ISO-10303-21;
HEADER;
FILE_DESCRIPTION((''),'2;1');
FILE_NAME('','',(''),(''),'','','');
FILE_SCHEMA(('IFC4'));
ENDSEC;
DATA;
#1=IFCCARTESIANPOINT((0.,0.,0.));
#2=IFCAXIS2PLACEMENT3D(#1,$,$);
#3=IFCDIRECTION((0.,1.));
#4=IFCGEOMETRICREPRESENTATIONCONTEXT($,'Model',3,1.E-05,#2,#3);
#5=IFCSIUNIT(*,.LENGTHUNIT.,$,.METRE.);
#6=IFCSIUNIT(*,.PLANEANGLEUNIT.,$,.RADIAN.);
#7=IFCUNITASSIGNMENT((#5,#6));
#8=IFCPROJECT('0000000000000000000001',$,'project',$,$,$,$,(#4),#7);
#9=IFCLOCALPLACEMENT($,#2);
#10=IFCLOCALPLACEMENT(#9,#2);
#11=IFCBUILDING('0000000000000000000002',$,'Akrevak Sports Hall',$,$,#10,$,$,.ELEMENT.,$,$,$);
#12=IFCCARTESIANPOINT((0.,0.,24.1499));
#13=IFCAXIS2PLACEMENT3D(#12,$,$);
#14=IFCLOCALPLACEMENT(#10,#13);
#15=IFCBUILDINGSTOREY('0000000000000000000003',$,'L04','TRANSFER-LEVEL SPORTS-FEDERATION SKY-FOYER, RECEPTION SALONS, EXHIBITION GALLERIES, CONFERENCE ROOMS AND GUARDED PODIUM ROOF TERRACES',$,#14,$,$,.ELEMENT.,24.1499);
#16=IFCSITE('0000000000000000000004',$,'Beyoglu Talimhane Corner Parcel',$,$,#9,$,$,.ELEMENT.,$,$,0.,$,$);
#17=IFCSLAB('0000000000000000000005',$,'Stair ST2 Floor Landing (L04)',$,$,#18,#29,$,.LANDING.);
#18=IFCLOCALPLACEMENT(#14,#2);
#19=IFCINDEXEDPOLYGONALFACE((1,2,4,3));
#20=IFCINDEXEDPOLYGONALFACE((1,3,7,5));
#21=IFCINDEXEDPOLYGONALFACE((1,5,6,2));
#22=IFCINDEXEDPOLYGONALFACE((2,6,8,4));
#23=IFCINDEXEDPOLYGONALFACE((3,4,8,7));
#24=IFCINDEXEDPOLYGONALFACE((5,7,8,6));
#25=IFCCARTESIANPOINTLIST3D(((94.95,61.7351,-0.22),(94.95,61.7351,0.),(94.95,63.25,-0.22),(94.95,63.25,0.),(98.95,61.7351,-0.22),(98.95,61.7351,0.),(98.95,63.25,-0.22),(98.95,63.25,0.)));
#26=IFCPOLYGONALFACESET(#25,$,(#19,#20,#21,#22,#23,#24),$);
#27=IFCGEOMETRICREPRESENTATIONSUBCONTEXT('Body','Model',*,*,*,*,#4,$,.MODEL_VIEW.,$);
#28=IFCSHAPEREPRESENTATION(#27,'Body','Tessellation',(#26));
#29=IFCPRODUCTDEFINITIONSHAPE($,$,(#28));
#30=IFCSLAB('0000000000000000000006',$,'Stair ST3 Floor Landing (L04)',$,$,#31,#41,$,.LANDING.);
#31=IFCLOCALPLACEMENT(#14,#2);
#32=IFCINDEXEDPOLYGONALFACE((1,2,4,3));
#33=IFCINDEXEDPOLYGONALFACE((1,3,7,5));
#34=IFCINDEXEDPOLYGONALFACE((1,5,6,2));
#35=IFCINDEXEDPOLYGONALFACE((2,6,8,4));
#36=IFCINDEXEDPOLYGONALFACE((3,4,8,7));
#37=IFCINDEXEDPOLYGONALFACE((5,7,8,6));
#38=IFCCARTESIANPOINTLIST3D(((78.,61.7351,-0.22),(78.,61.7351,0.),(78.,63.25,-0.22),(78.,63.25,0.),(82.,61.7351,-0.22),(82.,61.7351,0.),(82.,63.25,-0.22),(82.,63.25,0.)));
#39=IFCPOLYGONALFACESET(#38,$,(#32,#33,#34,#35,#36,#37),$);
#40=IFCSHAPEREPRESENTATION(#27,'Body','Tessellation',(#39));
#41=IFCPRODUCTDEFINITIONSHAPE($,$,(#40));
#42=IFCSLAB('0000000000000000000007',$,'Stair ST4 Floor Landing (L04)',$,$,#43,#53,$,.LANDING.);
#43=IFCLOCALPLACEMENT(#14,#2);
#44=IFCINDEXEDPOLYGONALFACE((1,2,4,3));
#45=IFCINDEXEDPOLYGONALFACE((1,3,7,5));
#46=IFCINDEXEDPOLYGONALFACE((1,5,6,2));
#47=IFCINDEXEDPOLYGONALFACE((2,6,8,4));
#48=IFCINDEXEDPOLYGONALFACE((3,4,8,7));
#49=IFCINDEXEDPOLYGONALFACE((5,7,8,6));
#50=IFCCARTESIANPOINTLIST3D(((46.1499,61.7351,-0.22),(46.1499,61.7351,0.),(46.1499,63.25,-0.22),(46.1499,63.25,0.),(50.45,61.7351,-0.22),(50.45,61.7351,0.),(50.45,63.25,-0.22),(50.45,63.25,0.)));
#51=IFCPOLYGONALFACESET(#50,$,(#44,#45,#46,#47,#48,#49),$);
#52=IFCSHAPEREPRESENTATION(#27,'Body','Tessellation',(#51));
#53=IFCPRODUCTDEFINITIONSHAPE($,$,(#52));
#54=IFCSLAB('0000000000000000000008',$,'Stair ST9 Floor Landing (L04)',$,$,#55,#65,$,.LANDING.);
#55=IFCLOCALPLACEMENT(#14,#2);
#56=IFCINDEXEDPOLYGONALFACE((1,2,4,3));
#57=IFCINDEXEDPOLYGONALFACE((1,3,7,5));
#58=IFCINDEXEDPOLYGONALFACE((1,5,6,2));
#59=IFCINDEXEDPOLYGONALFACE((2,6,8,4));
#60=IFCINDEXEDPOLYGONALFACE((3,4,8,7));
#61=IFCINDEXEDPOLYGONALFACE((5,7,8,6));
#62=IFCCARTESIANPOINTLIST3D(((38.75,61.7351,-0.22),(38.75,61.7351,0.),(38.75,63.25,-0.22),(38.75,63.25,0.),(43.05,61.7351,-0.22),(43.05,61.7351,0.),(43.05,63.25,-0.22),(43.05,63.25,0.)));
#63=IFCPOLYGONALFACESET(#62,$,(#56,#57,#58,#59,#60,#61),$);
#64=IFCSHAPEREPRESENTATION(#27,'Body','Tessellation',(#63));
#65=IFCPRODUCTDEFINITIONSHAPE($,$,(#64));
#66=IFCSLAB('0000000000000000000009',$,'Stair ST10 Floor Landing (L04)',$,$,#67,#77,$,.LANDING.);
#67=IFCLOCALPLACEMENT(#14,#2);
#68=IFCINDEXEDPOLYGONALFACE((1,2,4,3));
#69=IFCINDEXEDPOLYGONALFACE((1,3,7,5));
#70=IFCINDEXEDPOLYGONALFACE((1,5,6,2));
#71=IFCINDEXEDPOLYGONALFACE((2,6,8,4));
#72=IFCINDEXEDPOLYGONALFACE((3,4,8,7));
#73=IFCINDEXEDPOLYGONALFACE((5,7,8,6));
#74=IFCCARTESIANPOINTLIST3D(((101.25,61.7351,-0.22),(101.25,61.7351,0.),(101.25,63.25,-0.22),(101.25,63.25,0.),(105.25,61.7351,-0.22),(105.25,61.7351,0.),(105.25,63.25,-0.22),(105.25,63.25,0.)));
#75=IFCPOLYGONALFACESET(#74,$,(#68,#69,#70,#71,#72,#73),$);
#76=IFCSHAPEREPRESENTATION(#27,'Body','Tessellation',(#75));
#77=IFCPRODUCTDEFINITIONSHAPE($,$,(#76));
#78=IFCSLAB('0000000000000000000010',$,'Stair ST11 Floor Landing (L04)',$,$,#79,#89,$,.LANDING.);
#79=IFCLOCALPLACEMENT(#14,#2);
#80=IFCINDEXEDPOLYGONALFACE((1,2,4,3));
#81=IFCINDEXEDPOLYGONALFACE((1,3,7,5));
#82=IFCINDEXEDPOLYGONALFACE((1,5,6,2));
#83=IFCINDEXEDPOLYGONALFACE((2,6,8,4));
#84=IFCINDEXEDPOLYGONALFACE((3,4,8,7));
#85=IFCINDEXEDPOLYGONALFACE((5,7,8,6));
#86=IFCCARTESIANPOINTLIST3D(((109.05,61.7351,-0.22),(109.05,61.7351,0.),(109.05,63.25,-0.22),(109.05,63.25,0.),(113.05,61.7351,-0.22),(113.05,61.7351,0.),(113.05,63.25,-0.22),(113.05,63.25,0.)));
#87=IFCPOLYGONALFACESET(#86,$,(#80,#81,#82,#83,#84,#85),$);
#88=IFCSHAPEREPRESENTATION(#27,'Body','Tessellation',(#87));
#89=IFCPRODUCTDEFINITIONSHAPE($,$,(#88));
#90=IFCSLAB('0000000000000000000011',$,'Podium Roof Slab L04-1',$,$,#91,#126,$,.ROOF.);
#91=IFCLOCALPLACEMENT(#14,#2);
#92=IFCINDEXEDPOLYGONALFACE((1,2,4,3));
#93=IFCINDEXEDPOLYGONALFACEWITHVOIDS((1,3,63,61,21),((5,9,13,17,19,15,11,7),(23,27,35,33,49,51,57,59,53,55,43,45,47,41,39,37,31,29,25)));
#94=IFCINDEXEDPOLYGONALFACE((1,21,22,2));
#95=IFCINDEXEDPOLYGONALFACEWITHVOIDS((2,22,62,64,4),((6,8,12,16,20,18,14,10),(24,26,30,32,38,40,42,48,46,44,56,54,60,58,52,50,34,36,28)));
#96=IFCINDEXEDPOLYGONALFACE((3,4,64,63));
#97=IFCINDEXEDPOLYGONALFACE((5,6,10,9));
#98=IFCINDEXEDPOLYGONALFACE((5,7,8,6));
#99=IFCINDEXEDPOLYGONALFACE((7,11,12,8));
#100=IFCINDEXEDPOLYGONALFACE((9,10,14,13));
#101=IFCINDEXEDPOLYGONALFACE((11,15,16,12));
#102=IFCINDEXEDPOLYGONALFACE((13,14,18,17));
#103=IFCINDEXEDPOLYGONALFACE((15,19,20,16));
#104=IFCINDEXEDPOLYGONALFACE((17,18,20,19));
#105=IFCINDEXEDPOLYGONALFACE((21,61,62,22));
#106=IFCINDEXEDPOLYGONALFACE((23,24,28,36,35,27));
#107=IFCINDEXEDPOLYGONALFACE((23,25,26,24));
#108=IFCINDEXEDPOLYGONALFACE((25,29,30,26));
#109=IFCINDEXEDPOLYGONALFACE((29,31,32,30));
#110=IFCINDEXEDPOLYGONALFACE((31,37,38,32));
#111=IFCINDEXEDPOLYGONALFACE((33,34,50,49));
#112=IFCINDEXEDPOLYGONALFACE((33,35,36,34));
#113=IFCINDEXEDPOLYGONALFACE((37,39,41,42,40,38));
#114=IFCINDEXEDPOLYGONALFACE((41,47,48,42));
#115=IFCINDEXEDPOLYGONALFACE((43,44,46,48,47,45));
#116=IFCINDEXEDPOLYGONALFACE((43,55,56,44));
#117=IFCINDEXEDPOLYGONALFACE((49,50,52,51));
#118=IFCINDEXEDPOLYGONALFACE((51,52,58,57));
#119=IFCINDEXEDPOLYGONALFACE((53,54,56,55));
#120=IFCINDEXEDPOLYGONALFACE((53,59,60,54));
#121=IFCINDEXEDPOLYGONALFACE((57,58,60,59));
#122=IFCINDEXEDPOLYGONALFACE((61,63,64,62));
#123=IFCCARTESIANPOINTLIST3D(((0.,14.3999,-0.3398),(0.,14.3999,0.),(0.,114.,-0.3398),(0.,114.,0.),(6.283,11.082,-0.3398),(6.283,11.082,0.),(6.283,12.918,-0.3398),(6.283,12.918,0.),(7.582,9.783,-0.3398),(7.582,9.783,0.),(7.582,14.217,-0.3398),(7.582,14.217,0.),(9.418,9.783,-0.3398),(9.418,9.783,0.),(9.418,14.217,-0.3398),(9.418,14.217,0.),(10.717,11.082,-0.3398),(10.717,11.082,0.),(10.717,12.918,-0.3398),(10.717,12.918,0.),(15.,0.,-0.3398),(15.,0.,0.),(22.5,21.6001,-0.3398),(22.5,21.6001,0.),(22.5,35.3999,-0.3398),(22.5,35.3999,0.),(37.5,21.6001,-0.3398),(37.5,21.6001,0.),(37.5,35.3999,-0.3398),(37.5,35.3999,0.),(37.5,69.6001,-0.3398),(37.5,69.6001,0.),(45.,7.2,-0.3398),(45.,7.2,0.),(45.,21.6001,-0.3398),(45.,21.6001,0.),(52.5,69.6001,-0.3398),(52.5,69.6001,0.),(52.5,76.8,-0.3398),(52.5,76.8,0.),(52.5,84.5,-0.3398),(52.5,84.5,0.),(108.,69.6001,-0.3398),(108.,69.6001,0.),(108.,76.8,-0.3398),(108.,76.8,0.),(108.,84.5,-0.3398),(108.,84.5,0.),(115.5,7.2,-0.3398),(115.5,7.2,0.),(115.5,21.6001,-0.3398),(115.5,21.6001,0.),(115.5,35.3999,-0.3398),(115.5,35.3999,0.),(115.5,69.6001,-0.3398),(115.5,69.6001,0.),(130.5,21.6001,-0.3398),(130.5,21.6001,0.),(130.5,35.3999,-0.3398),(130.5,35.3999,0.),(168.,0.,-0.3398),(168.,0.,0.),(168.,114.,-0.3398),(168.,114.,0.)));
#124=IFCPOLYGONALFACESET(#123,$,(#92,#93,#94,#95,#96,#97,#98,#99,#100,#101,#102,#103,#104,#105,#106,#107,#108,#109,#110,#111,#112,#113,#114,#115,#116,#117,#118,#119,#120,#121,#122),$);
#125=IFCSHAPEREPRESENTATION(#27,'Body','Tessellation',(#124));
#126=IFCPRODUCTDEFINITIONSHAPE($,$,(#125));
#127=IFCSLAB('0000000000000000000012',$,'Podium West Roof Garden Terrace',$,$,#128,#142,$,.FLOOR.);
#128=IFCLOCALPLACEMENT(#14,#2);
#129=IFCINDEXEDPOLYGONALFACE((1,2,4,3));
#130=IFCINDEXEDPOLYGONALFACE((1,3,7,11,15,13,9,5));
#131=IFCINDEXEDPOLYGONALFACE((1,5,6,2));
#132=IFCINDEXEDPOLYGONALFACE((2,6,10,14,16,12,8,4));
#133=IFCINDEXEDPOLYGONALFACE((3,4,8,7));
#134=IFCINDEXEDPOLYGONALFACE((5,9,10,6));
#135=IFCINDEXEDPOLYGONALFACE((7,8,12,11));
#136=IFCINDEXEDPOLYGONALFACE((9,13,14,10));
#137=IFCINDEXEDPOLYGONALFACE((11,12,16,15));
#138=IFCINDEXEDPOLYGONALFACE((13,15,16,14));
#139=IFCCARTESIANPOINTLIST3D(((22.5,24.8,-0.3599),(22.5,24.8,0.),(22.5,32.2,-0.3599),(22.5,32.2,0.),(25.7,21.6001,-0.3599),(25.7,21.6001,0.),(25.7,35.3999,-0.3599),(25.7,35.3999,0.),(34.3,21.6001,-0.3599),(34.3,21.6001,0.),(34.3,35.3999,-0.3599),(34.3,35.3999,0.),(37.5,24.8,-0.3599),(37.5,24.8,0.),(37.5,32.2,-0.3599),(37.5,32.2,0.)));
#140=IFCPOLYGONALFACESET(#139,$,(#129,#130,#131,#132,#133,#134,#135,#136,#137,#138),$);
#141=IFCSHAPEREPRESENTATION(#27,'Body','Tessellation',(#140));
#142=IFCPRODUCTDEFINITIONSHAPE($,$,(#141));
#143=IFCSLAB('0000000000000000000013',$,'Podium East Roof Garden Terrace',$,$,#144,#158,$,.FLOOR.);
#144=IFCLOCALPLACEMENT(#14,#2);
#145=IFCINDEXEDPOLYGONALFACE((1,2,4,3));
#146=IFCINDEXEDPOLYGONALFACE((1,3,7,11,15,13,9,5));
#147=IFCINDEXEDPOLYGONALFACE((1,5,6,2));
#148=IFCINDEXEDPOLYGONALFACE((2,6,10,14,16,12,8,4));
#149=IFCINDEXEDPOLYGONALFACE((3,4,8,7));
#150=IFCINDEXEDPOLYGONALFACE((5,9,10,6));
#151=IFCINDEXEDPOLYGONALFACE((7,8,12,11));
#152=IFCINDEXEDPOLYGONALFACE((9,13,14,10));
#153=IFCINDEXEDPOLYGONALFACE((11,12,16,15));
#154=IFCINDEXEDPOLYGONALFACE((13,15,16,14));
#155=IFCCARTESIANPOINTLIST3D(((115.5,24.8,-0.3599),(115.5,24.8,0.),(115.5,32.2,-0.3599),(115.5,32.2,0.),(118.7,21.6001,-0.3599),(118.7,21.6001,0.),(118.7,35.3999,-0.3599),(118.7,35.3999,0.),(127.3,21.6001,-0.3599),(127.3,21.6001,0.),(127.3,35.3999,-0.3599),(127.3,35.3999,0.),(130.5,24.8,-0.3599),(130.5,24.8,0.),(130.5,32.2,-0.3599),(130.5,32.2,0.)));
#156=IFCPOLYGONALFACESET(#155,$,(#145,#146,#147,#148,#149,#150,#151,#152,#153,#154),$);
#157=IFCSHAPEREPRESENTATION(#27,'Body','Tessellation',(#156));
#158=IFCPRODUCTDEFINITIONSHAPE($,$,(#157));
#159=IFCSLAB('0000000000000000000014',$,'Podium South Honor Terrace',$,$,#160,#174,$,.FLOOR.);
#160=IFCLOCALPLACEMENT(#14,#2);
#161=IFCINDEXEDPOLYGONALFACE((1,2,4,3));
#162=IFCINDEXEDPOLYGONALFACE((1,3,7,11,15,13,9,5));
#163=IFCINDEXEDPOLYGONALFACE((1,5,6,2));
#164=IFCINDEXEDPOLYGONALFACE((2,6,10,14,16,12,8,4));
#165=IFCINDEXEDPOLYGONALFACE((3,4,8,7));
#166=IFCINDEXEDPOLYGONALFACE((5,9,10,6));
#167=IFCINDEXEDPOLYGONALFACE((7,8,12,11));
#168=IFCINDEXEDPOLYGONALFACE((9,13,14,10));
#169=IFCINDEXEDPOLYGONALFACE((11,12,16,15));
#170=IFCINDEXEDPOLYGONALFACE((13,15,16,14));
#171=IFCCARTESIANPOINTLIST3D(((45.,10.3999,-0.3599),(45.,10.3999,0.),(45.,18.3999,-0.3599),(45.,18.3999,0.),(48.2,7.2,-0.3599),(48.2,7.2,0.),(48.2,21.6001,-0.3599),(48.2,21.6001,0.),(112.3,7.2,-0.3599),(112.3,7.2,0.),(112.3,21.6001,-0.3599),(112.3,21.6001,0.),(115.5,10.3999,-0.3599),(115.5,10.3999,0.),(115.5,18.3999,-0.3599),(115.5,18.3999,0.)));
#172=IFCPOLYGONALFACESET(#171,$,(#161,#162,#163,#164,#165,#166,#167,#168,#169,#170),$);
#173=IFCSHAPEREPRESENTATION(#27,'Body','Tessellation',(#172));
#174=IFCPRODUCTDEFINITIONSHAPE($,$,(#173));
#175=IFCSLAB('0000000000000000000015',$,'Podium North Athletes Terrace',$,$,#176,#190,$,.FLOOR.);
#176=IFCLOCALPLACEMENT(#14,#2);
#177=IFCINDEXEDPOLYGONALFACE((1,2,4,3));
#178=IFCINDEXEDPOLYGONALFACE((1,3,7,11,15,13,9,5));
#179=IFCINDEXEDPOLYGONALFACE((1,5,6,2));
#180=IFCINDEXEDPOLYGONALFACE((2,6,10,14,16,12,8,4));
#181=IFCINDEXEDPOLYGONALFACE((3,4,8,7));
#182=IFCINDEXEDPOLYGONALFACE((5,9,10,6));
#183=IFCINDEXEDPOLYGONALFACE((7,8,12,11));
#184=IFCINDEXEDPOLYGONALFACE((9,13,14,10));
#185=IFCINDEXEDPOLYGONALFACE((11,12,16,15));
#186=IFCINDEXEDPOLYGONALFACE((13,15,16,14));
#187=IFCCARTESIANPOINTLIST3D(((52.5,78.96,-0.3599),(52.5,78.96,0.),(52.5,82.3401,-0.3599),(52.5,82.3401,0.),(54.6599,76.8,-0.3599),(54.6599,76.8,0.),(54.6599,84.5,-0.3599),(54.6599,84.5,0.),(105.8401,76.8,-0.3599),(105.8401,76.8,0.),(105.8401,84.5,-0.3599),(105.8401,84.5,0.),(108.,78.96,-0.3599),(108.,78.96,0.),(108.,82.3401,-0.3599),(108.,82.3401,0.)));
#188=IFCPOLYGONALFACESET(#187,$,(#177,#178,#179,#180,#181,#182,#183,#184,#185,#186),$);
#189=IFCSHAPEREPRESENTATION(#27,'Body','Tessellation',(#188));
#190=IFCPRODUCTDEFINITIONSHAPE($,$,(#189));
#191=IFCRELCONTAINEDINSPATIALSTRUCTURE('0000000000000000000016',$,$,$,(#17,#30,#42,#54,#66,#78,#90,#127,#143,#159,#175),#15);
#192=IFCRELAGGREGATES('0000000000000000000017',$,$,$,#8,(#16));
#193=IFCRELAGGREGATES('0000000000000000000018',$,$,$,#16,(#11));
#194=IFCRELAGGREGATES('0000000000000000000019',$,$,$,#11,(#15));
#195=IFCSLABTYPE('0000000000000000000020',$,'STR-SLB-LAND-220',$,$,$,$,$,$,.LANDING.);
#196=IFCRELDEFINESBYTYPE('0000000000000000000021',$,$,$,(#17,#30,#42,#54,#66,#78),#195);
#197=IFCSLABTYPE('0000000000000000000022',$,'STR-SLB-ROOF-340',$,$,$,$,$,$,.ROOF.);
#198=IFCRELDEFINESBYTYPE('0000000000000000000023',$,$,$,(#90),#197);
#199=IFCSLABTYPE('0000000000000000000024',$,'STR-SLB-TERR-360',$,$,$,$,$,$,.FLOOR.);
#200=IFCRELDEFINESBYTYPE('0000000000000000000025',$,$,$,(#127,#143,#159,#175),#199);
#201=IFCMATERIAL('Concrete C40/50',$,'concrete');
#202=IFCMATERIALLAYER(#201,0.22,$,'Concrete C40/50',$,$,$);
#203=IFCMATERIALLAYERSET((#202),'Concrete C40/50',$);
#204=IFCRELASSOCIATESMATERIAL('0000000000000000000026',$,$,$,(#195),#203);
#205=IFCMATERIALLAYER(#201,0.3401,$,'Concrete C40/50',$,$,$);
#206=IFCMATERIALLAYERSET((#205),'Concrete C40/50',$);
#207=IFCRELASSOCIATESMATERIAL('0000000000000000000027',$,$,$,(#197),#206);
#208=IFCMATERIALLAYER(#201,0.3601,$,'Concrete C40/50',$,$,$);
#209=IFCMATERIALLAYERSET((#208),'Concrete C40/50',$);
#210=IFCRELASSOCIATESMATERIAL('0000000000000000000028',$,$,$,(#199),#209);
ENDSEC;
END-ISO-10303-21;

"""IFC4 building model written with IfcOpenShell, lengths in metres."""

from ifc_helpers import new_model, si_unit, direction, frame, origin, place, context, subcontext, project, spatial, polyline, outline, extrude, material, layer, layer_set, type_object, element, save


model = new_model("IFC4")

# Units and contexts
model_context = context("Model", 3, precision=1e-05, world=origin(), true_north=direction((0.0, 1.0)))
body_context = subcontext(model_context, "Body", "Model", "MODEL_VIEW")
ifc_project = project(units=[si_unit("LENGTHUNIT", "METRE"), si_unit("PLANEANGLEUNIT", "RADIAN")], contexts=[model_context])

# Site, building, storey
site_placement = place(None, origin())
site = spatial("IfcSite", under=ifc_project, at=site_placement, Name="Beyoglu Talimhane Corner Parcel", CompositionType="ELEMENT", RefElevation=0.0)
building_placement = place(site_placement, origin())
building = spatial("IfcBuilding", under=site, at=building_placement, Name="Akrevak Sports Hall", CompositionType="ELEMENT")
storey_placement = place(building_placement, frame((0.0, 0.0, 24.1499)))
storey = spatial("IfcBuildingStorey", under=building, at=storey_placement, Name="L04", Description="TRANSFER-LEVEL SPORTS-FEDERATION SKY-FOYER, RECEPTION SALONS, EXHIBITION GALLERIES, CONFERENCE ROOMS AND GUARDED PODIUM ROOF TERRACES", CompositionType="ELEMENT", Elevation=24.1499)

# Shared definitions
ifc_material_1 = material(Name="Concrete C40/50", Category="concrete")

# Slabs
ifc_layer_1 = layer(ifc_material_1, 0.22, Name="Concrete C40/50")
ifc_layer_set_1 = layer_set([ifc_layer_1], Name="Concrete C40/50")
slab_type_1 = type_object("IfcSlabType", Name="STR-SLB-LAND-220", PredefinedType="LANDING", material=ifc_layer_set_1)
slab_1_placement = place(storey_placement, frame((0.0, 0.0, -0.22)))
element("IfcSlab", 1, at=slab_1_placement, inside=storey, type_object=slab_type_1, Name="Stair ST2 Floor Landing (L04)", PredefinedType="LANDING", context=body_context, shape_type="SweptSolid", body=[
    extrude(outline(polyline([(94.95, 61.7351), (98.95, 61.7351), (98.95, 63.25), (94.95, 63.25), (94.95, 61.7351)])), origin(), (0.0, 0.0, 1.0), 0.22),
])
slab_2_placement = place(storey_placement, frame((0.0, 0.0, -0.22)))
element("IfcSlab", 2, at=slab_2_placement, inside=storey, type_object=slab_type_1, Name="Stair ST3 Floor Landing (L04)", PredefinedType="LANDING", context=body_context, shape_type="SweptSolid", body=[
    extrude(outline(polyline([(78.0, 61.7351), (82.0, 61.7351), (82.0, 63.25), (78.0, 63.25), (78.0, 61.7351)])), origin(), (0.0, 0.0, 1.0), 0.22),
])
slab_3_placement = place(storey_placement, frame((0.0, 0.0, -0.22)))
element("IfcSlab", 3, at=slab_3_placement, inside=storey, type_object=slab_type_1, Name="Stair ST4 Floor Landing (L04)", PredefinedType="LANDING", context=body_context, shape_type="SweptSolid", body=[
    extrude(outline(polyline([(46.1499, 61.7351), (50.45, 61.7351), (50.45, 63.25), (46.1499, 63.25), (46.1499, 61.7351)])), origin(), (0.0, 0.0, 1.0), 0.22),
])
slab_4_placement = place(storey_placement, frame((0.0, 0.0, -0.22)))
element("IfcSlab", 4, at=slab_4_placement, inside=storey, type_object=slab_type_1, Name="Stair ST9 Floor Landing (L04)", PredefinedType="LANDING", context=body_context, shape_type="SweptSolid", body=[
    extrude(outline(polyline([(38.75, 61.7351), (43.05, 61.7351), (43.05, 63.25), (38.75, 63.25), (38.75, 61.7351)])), origin(), (0.0, 0.0, 1.0), 0.22),
])
slab_5_placement = place(storey_placement, frame((0.0, 0.0, -0.22)))
element("IfcSlab", 5, at=slab_5_placement, inside=storey, type_object=slab_type_1, Name="Stair ST10 Floor Landing (L04)", PredefinedType="LANDING", context=body_context, shape_type="SweptSolid", body=[
    extrude(outline(polyline([(101.25, 61.7351), (105.25, 61.7351), (105.25, 63.25), (101.25, 63.25), (101.25, 61.7351)])), origin(), (0.0, 0.0, 1.0), 0.22),
])
slab_6_placement = place(storey_placement, frame((0.0, 0.0, -0.22)))
element("IfcSlab", 6, at=slab_6_placement, inside=storey, type_object=slab_type_1, Name="Stair ST11 Floor Landing (L04)", PredefinedType="LANDING", context=body_context, shape_type="SweptSolid", body=[
    extrude(outline(polyline([(109.05, 61.7351), (113.05, 61.7351), (113.05, 63.25), (109.05, 63.25), (109.05, 61.7351)])), origin(), (0.0, 0.0, 1.0), 0.22),
])
ifc_layer_2 = layer(ifc_material_1, 0.3401, Name="Concrete C40/50")
ifc_layer_set_2 = layer_set([ifc_layer_2], Name="Concrete C40/50")
slab_type_2 = type_object("IfcSlabType", Name="STR-SLB-ROOF-340", PredefinedType="ROOF", material=ifc_layer_set_2)
slab_7_placement = place(storey_placement, frame((0.0, 0.0, -0.3398)))
element("IfcSlab", 7, at=slab_7_placement, inside=storey, type_object=slab_type_2, Name="Podium Roof Slab L04-1", PredefinedType="ROOF", context=body_context, shape_type="SweptSolid", body=[
    extrude(outline(polyline([(0.0, 114.0), (0.0, 14.3999), (15.0, 0.0), (168.0, 0.0), (168.0, 114.0), (0.0, 114.0)]), holes=[polyline([(115.5, 69.6001), (115.5, 35.3999), (130.5, 35.3999), (130.5, 21.6001), (115.5, 21.6001), (115.5, 7.2), (45.0, 7.2), (45.0, 21.6001), (37.5, 21.6001), (22.5, 21.6001), (22.5, 35.3999), (37.5, 35.3999), (37.5, 69.6001), (52.5, 69.6001), (52.5, 76.8), (52.5, 84.5), (108.0, 84.5), (108.0, 76.8), (108.0, 69.6001), (115.5, 69.6001)]), polyline([(10.717, 12.918), (10.717, 11.082), (9.418, 9.783), (7.582, 9.783), (6.283, 11.082), (6.283, 12.918), (7.582, 14.217), (9.418, 14.217), (10.717, 12.918)])]), origin(), (0.0, 0.0, 1.0), 0.3398),
])
ifc_layer_3 = layer(ifc_material_1, 0.3601, Name="Concrete C40/50")
ifc_layer_set_3 = layer_set([ifc_layer_3], Name="Concrete C40/50")
slab_type_3 = type_object("IfcSlabType", Name="STR-SLB-TERR-360", PredefinedType="FLOOR", material=ifc_layer_set_3)
slab_8_placement = place(storey_placement, frame((0.0, 0.0, -0.3599)))
element("IfcSlab", 8, at=slab_8_placement, inside=storey, type_object=slab_type_3, Name="Podium West Roof Garden Terrace", PredefinedType="FLOOR", context=body_context, shape_type="SweptSolid", body=[
    extrude(outline(polyline([(34.3, 21.6001), (37.5, 24.8), (37.5, 32.2), (34.3, 35.3999), (25.7, 35.3999), (22.5, 32.2), (22.5, 24.8), (25.7, 21.6001), (34.3, 21.6001)])), origin(), (0.0, 0.0, 1.0), 0.3599),
])
slab_9_placement = place(storey_placement, frame((0.0, 0.0, -0.3599)))
element("IfcSlab", 9, at=slab_9_placement, inside=storey, type_object=slab_type_3, Name="Podium East Roof Garden Terrace", PredefinedType="FLOOR", context=body_context, shape_type="SweptSolid", body=[
    extrude(outline(polyline([(127.3, 21.6001), (130.5, 24.8), (130.5, 32.2), (127.3, 35.3999), (118.7, 35.3999), (115.5, 32.2), (115.5, 24.8), (118.7, 21.6001), (127.3, 21.6001)])), origin(), (0.0, 0.0, 1.0), 0.3599),
])
slab_10_placement = place(storey_placement, frame((0.0, 0.0, -0.3599)))
element("IfcSlab", 10, at=slab_10_placement, inside=storey, type_object=slab_type_3, Name="Podium South Honor Terrace", PredefinedType="FLOOR", context=body_context, shape_type="SweptSolid", body=[
    extrude(outline(polyline([(112.3, 7.2), (115.5, 10.3999), (115.5, 18.3999), (112.3, 21.6001), (48.2, 21.6001), (45.0, 18.3999), (45.0, 10.3999), (48.2, 7.2), (112.3, 7.2)])), origin(), (0.0, 0.0, 1.0), 0.3599),
])
slab_11_placement = place(storey_placement, frame((0.0, 0.0, -0.3599)))
element("IfcSlab", 11, at=slab_11_placement, inside=storey, type_object=slab_type_3, Name="Podium North Athletes Terrace", PredefinedType="FLOOR", context=body_context, shape_type="SweptSolid", body=[
    extrude(outline(polyline([(105.8401, 76.8), (108.0, 78.96), (108.0, 82.3401), (105.8401, 84.5), (54.6599, 84.5), (52.5, 82.3401), (52.5, 78.96), (54.6599, 76.8), (105.8401, 76.8)])), origin(), (0.0, 0.0, 1.0), 0.3599),
])

save(model, "model.ifc")
